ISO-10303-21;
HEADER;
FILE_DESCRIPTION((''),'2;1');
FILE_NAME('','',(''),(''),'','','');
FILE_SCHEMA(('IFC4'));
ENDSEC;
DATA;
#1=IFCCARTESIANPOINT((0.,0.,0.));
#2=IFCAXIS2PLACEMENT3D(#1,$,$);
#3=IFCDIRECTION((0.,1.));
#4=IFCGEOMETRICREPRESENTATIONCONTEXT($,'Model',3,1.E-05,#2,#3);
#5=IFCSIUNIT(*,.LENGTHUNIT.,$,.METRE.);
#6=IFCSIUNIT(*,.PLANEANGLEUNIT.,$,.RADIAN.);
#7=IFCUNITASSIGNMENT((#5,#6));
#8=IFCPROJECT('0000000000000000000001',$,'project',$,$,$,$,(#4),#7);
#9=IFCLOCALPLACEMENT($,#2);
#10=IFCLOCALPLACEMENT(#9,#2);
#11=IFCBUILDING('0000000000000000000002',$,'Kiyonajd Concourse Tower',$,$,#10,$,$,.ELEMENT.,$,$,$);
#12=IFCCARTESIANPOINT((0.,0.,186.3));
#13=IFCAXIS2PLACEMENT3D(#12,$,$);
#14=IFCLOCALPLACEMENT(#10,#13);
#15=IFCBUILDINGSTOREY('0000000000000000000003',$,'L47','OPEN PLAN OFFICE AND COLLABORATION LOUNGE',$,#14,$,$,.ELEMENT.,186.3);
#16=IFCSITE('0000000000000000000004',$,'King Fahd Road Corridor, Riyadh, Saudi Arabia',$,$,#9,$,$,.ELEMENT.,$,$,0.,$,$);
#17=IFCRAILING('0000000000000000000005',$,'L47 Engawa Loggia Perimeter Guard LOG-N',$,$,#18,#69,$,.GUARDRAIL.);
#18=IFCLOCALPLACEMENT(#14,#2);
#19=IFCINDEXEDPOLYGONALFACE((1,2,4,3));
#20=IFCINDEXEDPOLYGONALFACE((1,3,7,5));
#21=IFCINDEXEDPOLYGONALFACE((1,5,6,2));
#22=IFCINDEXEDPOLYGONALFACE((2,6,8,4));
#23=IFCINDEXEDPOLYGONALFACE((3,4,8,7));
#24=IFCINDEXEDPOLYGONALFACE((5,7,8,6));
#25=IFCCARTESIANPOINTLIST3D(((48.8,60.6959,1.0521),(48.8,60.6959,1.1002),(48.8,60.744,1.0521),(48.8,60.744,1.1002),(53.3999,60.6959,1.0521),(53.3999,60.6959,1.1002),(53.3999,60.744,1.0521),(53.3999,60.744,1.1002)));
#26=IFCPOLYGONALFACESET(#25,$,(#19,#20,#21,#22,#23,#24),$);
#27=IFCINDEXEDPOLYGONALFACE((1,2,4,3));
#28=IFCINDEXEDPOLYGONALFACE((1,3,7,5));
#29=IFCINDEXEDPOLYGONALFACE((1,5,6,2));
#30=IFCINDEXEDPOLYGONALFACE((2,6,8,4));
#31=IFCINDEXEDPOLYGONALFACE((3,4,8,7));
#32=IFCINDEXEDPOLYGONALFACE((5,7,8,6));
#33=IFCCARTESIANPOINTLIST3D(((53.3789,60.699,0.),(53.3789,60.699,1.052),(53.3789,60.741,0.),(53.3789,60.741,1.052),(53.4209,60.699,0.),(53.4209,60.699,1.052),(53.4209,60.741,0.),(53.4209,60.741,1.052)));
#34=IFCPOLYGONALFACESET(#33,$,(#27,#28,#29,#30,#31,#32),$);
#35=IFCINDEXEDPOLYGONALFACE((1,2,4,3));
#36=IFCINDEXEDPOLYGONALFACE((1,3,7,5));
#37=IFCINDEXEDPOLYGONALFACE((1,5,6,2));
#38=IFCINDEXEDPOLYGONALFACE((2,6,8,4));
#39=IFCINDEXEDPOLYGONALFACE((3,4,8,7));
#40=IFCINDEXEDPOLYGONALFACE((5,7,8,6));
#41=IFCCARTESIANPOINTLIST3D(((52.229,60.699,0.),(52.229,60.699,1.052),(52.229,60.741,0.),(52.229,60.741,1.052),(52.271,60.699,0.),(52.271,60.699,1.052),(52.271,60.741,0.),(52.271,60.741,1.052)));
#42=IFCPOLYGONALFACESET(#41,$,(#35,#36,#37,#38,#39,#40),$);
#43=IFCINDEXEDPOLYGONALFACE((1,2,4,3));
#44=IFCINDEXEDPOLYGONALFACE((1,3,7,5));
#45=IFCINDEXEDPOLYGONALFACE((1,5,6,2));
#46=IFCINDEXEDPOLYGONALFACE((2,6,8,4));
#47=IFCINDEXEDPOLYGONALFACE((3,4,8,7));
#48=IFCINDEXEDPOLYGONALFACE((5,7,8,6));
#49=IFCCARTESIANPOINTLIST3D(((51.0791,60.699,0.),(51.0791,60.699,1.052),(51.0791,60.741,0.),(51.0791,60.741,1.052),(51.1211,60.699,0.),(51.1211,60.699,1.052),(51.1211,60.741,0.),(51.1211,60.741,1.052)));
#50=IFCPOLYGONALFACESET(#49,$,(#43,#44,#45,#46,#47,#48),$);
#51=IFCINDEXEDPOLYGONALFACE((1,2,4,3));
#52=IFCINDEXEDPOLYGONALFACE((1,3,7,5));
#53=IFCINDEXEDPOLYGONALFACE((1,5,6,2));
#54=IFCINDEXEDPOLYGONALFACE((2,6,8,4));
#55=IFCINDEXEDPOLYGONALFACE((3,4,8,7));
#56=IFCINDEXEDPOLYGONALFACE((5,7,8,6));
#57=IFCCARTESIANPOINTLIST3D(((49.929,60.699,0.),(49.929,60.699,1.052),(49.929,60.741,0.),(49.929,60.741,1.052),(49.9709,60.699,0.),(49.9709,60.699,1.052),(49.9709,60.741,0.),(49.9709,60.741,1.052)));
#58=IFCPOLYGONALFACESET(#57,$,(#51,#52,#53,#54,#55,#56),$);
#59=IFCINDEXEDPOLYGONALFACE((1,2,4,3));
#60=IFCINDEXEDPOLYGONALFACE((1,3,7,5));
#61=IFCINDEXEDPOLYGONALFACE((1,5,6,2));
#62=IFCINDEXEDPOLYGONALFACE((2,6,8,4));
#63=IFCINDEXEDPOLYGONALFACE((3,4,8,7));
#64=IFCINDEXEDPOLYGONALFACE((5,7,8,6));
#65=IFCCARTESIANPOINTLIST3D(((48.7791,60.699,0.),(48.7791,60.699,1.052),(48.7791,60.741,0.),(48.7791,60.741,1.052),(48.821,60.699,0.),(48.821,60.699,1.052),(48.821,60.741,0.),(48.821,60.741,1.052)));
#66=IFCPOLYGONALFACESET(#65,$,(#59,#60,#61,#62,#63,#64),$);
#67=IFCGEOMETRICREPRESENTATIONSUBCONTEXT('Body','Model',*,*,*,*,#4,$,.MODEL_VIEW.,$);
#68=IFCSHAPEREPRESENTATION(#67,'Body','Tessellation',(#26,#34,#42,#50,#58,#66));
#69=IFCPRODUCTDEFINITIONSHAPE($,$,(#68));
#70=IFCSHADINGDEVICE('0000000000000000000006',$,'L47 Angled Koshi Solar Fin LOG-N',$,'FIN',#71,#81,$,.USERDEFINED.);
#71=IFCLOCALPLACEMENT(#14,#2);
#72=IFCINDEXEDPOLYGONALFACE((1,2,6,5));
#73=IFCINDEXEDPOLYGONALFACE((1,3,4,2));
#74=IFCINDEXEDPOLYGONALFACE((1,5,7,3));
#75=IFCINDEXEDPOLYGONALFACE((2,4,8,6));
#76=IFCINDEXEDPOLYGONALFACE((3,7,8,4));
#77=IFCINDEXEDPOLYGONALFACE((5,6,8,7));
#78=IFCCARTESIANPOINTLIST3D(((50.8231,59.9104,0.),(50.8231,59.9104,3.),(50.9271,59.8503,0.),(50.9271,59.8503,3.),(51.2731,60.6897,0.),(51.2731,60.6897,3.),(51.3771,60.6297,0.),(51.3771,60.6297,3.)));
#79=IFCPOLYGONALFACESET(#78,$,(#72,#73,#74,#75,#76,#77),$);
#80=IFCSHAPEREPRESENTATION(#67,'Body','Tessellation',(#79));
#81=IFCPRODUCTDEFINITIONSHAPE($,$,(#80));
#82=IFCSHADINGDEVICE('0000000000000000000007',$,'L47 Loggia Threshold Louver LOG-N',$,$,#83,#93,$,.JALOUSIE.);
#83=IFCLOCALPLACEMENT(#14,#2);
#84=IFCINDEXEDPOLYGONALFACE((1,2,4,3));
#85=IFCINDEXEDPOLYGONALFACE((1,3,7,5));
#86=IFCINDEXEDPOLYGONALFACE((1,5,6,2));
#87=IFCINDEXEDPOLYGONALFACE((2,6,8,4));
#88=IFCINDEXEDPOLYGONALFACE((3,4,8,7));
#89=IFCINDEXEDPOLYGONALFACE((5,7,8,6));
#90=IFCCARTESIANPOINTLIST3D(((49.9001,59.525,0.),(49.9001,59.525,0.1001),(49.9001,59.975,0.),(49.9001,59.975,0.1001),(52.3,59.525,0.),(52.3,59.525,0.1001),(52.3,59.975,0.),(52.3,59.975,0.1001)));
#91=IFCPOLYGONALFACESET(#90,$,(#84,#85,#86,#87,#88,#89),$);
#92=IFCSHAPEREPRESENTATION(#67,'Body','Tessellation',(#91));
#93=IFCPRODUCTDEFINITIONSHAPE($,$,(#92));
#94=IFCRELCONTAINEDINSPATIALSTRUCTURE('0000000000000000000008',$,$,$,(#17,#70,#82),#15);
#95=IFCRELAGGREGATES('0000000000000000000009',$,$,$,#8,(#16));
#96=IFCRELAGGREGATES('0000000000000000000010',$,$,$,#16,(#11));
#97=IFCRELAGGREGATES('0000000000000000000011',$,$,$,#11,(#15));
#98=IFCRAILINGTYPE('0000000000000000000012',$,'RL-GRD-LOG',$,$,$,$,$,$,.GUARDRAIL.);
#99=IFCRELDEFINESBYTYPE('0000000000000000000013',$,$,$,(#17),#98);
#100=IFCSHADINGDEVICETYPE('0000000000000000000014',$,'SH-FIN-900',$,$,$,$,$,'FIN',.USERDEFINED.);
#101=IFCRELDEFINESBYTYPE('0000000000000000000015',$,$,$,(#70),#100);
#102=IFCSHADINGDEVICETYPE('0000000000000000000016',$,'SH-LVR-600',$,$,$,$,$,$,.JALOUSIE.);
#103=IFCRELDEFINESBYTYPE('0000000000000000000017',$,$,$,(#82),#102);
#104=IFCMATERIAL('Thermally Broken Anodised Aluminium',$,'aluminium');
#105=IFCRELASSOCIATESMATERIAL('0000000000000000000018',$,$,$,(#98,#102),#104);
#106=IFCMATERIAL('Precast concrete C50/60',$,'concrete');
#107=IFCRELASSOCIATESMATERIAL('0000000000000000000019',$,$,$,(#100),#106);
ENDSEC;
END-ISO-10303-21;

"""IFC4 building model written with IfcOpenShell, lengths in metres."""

from ifc_helpers import new_model, si_unit, direction, frame, origin, origin_2d, place, context, subcontext, project, spatial, rectangle, extrude, material, type_object, element, save


model = new_model("IFC4")

# Units and contexts
model_context = context("Model", 3, precision=1e-05, world=origin(), true_north=direction((0.0, 1.0)))
body_context = subcontext(model_context, "Body", "Model", "MODEL_VIEW")
ifc_project = project(units=[si_unit("LENGTHUNIT", "METRE"), si_unit("PLANEANGLEUNIT", "RADIAN")], contexts=[model_context])

# Site, building, storey
site_placement = place(None, origin())
site = spatial("IfcSite", under=ifc_project, at=site_placement, Name="King Fahd Road Corridor, Riyadh, Saudi Arabia", CompositionType="ELEMENT", RefElevation=0.0)
building_placement = place(site_placement, origin())
building = spatial("IfcBuilding", under=site, at=building_placement, Name="Kiyonajd Concourse Tower", CompositionType="ELEMENT")
storey_placement = place(building_placement, frame((0.0, 0.0, 186.3)))
storey = spatial("IfcBuildingStorey", under=building, at=storey_placement, Name="L47", Description="OPEN PLAN OFFICE AND COLLABORATION LOUNGE", CompositionType="ELEMENT", Elevation=186.3)

# Shared definitions
ifc_material_1 = material(Name="Thermally Broken Anodised Aluminium", Category="aluminium")

# Shared definitions
ifc_material_2 = material(Name="Precast concrete C50/60", Category="concrete")

# Railing
railing_type = type_object("IfcRailingType", Name="RL-GRD-LOG", PredefinedType="GUARDRAIL", material=ifc_material_1)
railing_placement = place(storey_placement, frame((53.3999, 60.72, 0.0)))
element("IfcRailing", 1, at=railing_placement, inside=storey, type_object=railing_type, Name="L47 Engawa Loggia Perimeter Guard LOG-N", PredefinedType="GUARDRAIL", context=body_context, shape_type="SweptSolid", body=[
    extrude(rectangle(XDim=0.0481, YDim=0.0481, at=origin_2d()), frame((0.0, 0.0, 1.0762), z_axis=(-1.0, 0.0, 0.0), x_axis=(0.0, -1.0, 0.0)), (0.0, 0.0, 1.0), 4.5999),
    extrude(rectangle(XDim=0.042, YDim=0.042, at=origin_2d()), origin(), (0.0, 0.0, 1.0), 1.052),
    extrude(rectangle(XDim=0.042, YDim=0.042, at=origin_2d()), frame((-1.1499, 0.0, 0.0)), (0.0, 0.0, 1.0), 1.052),
    extrude(rectangle(XDim=0.042, YDim=0.042, at=origin_2d()), frame((-2.2998, 0.0, 0.0)), (0.0, 0.0, 1.0), 1.052),
    extrude(rectangle(XDim=0.042, YDim=0.042, at=origin_2d()), frame((-3.45, 0.0, 0.0)), (0.0, 0.0, 1.0), 1.052),
    extrude(rectangle(XDim=0.042, YDim=0.042, at=origin_2d()), frame((-4.5999, 0.0, 0.0)), (0.0, 0.0, 1.0), 1.052),
])

# Shading devices
shading_device_type_1 = type_object("IfcShadingDeviceType", Name="SH-FIN-900", ElementType="FIN", PredefinedType="USERDEFINED", material=ifc_material_2)
shading_device_1_placement = place(storey_placement, frame((51.1001, 60.27, 0.0), z_axis=(0.0, 0.0, 1.0), x_axis=(0.5, 0.866025, 0.0)))
element("IfcShadingDevice", 2, at=shading_device_1_placement, inside=storey, type_object=shading_device_type_1, Name="L47 Angled Koshi Solar Fin LOG-N", ObjectType="FIN", PredefinedType="USERDEFINED", context=body_context, shape_type="SweptSolid", body=[
    extrude(rectangle(XDim=0.8999, YDim=0.1201, at=origin_2d()), origin(), (0.0, 0.0, 1.0), 3.0),
])
shading_device_type_2 = type_object("IfcShadingDeviceType", Name="SH-LVR-600", PredefinedType="JALOUSIE", material=ifc_material_1)
shading_device_2_placement = place(storey_placement, frame((51.1001, 59.75, 0.0), z_axis=(0.0, 0.0, 1.0), x_axis=(1.0, 0.0, 0.0)))
element("IfcShadingDevice", 3, at=shading_device_2_placement, inside=storey, type_object=shading_device_type_2, Name="L47 Loggia Threshold Louver LOG-N", PredefinedType="JALOUSIE", context=body_context, shape_type="SweptSolid", body=[
    extrude(rectangle(XDim=2.3999, YDim=0.45, at=origin_2d()), origin(), (0.0, 0.0, 1.0), 0.1001),
])

save(model, "model.ifc")
